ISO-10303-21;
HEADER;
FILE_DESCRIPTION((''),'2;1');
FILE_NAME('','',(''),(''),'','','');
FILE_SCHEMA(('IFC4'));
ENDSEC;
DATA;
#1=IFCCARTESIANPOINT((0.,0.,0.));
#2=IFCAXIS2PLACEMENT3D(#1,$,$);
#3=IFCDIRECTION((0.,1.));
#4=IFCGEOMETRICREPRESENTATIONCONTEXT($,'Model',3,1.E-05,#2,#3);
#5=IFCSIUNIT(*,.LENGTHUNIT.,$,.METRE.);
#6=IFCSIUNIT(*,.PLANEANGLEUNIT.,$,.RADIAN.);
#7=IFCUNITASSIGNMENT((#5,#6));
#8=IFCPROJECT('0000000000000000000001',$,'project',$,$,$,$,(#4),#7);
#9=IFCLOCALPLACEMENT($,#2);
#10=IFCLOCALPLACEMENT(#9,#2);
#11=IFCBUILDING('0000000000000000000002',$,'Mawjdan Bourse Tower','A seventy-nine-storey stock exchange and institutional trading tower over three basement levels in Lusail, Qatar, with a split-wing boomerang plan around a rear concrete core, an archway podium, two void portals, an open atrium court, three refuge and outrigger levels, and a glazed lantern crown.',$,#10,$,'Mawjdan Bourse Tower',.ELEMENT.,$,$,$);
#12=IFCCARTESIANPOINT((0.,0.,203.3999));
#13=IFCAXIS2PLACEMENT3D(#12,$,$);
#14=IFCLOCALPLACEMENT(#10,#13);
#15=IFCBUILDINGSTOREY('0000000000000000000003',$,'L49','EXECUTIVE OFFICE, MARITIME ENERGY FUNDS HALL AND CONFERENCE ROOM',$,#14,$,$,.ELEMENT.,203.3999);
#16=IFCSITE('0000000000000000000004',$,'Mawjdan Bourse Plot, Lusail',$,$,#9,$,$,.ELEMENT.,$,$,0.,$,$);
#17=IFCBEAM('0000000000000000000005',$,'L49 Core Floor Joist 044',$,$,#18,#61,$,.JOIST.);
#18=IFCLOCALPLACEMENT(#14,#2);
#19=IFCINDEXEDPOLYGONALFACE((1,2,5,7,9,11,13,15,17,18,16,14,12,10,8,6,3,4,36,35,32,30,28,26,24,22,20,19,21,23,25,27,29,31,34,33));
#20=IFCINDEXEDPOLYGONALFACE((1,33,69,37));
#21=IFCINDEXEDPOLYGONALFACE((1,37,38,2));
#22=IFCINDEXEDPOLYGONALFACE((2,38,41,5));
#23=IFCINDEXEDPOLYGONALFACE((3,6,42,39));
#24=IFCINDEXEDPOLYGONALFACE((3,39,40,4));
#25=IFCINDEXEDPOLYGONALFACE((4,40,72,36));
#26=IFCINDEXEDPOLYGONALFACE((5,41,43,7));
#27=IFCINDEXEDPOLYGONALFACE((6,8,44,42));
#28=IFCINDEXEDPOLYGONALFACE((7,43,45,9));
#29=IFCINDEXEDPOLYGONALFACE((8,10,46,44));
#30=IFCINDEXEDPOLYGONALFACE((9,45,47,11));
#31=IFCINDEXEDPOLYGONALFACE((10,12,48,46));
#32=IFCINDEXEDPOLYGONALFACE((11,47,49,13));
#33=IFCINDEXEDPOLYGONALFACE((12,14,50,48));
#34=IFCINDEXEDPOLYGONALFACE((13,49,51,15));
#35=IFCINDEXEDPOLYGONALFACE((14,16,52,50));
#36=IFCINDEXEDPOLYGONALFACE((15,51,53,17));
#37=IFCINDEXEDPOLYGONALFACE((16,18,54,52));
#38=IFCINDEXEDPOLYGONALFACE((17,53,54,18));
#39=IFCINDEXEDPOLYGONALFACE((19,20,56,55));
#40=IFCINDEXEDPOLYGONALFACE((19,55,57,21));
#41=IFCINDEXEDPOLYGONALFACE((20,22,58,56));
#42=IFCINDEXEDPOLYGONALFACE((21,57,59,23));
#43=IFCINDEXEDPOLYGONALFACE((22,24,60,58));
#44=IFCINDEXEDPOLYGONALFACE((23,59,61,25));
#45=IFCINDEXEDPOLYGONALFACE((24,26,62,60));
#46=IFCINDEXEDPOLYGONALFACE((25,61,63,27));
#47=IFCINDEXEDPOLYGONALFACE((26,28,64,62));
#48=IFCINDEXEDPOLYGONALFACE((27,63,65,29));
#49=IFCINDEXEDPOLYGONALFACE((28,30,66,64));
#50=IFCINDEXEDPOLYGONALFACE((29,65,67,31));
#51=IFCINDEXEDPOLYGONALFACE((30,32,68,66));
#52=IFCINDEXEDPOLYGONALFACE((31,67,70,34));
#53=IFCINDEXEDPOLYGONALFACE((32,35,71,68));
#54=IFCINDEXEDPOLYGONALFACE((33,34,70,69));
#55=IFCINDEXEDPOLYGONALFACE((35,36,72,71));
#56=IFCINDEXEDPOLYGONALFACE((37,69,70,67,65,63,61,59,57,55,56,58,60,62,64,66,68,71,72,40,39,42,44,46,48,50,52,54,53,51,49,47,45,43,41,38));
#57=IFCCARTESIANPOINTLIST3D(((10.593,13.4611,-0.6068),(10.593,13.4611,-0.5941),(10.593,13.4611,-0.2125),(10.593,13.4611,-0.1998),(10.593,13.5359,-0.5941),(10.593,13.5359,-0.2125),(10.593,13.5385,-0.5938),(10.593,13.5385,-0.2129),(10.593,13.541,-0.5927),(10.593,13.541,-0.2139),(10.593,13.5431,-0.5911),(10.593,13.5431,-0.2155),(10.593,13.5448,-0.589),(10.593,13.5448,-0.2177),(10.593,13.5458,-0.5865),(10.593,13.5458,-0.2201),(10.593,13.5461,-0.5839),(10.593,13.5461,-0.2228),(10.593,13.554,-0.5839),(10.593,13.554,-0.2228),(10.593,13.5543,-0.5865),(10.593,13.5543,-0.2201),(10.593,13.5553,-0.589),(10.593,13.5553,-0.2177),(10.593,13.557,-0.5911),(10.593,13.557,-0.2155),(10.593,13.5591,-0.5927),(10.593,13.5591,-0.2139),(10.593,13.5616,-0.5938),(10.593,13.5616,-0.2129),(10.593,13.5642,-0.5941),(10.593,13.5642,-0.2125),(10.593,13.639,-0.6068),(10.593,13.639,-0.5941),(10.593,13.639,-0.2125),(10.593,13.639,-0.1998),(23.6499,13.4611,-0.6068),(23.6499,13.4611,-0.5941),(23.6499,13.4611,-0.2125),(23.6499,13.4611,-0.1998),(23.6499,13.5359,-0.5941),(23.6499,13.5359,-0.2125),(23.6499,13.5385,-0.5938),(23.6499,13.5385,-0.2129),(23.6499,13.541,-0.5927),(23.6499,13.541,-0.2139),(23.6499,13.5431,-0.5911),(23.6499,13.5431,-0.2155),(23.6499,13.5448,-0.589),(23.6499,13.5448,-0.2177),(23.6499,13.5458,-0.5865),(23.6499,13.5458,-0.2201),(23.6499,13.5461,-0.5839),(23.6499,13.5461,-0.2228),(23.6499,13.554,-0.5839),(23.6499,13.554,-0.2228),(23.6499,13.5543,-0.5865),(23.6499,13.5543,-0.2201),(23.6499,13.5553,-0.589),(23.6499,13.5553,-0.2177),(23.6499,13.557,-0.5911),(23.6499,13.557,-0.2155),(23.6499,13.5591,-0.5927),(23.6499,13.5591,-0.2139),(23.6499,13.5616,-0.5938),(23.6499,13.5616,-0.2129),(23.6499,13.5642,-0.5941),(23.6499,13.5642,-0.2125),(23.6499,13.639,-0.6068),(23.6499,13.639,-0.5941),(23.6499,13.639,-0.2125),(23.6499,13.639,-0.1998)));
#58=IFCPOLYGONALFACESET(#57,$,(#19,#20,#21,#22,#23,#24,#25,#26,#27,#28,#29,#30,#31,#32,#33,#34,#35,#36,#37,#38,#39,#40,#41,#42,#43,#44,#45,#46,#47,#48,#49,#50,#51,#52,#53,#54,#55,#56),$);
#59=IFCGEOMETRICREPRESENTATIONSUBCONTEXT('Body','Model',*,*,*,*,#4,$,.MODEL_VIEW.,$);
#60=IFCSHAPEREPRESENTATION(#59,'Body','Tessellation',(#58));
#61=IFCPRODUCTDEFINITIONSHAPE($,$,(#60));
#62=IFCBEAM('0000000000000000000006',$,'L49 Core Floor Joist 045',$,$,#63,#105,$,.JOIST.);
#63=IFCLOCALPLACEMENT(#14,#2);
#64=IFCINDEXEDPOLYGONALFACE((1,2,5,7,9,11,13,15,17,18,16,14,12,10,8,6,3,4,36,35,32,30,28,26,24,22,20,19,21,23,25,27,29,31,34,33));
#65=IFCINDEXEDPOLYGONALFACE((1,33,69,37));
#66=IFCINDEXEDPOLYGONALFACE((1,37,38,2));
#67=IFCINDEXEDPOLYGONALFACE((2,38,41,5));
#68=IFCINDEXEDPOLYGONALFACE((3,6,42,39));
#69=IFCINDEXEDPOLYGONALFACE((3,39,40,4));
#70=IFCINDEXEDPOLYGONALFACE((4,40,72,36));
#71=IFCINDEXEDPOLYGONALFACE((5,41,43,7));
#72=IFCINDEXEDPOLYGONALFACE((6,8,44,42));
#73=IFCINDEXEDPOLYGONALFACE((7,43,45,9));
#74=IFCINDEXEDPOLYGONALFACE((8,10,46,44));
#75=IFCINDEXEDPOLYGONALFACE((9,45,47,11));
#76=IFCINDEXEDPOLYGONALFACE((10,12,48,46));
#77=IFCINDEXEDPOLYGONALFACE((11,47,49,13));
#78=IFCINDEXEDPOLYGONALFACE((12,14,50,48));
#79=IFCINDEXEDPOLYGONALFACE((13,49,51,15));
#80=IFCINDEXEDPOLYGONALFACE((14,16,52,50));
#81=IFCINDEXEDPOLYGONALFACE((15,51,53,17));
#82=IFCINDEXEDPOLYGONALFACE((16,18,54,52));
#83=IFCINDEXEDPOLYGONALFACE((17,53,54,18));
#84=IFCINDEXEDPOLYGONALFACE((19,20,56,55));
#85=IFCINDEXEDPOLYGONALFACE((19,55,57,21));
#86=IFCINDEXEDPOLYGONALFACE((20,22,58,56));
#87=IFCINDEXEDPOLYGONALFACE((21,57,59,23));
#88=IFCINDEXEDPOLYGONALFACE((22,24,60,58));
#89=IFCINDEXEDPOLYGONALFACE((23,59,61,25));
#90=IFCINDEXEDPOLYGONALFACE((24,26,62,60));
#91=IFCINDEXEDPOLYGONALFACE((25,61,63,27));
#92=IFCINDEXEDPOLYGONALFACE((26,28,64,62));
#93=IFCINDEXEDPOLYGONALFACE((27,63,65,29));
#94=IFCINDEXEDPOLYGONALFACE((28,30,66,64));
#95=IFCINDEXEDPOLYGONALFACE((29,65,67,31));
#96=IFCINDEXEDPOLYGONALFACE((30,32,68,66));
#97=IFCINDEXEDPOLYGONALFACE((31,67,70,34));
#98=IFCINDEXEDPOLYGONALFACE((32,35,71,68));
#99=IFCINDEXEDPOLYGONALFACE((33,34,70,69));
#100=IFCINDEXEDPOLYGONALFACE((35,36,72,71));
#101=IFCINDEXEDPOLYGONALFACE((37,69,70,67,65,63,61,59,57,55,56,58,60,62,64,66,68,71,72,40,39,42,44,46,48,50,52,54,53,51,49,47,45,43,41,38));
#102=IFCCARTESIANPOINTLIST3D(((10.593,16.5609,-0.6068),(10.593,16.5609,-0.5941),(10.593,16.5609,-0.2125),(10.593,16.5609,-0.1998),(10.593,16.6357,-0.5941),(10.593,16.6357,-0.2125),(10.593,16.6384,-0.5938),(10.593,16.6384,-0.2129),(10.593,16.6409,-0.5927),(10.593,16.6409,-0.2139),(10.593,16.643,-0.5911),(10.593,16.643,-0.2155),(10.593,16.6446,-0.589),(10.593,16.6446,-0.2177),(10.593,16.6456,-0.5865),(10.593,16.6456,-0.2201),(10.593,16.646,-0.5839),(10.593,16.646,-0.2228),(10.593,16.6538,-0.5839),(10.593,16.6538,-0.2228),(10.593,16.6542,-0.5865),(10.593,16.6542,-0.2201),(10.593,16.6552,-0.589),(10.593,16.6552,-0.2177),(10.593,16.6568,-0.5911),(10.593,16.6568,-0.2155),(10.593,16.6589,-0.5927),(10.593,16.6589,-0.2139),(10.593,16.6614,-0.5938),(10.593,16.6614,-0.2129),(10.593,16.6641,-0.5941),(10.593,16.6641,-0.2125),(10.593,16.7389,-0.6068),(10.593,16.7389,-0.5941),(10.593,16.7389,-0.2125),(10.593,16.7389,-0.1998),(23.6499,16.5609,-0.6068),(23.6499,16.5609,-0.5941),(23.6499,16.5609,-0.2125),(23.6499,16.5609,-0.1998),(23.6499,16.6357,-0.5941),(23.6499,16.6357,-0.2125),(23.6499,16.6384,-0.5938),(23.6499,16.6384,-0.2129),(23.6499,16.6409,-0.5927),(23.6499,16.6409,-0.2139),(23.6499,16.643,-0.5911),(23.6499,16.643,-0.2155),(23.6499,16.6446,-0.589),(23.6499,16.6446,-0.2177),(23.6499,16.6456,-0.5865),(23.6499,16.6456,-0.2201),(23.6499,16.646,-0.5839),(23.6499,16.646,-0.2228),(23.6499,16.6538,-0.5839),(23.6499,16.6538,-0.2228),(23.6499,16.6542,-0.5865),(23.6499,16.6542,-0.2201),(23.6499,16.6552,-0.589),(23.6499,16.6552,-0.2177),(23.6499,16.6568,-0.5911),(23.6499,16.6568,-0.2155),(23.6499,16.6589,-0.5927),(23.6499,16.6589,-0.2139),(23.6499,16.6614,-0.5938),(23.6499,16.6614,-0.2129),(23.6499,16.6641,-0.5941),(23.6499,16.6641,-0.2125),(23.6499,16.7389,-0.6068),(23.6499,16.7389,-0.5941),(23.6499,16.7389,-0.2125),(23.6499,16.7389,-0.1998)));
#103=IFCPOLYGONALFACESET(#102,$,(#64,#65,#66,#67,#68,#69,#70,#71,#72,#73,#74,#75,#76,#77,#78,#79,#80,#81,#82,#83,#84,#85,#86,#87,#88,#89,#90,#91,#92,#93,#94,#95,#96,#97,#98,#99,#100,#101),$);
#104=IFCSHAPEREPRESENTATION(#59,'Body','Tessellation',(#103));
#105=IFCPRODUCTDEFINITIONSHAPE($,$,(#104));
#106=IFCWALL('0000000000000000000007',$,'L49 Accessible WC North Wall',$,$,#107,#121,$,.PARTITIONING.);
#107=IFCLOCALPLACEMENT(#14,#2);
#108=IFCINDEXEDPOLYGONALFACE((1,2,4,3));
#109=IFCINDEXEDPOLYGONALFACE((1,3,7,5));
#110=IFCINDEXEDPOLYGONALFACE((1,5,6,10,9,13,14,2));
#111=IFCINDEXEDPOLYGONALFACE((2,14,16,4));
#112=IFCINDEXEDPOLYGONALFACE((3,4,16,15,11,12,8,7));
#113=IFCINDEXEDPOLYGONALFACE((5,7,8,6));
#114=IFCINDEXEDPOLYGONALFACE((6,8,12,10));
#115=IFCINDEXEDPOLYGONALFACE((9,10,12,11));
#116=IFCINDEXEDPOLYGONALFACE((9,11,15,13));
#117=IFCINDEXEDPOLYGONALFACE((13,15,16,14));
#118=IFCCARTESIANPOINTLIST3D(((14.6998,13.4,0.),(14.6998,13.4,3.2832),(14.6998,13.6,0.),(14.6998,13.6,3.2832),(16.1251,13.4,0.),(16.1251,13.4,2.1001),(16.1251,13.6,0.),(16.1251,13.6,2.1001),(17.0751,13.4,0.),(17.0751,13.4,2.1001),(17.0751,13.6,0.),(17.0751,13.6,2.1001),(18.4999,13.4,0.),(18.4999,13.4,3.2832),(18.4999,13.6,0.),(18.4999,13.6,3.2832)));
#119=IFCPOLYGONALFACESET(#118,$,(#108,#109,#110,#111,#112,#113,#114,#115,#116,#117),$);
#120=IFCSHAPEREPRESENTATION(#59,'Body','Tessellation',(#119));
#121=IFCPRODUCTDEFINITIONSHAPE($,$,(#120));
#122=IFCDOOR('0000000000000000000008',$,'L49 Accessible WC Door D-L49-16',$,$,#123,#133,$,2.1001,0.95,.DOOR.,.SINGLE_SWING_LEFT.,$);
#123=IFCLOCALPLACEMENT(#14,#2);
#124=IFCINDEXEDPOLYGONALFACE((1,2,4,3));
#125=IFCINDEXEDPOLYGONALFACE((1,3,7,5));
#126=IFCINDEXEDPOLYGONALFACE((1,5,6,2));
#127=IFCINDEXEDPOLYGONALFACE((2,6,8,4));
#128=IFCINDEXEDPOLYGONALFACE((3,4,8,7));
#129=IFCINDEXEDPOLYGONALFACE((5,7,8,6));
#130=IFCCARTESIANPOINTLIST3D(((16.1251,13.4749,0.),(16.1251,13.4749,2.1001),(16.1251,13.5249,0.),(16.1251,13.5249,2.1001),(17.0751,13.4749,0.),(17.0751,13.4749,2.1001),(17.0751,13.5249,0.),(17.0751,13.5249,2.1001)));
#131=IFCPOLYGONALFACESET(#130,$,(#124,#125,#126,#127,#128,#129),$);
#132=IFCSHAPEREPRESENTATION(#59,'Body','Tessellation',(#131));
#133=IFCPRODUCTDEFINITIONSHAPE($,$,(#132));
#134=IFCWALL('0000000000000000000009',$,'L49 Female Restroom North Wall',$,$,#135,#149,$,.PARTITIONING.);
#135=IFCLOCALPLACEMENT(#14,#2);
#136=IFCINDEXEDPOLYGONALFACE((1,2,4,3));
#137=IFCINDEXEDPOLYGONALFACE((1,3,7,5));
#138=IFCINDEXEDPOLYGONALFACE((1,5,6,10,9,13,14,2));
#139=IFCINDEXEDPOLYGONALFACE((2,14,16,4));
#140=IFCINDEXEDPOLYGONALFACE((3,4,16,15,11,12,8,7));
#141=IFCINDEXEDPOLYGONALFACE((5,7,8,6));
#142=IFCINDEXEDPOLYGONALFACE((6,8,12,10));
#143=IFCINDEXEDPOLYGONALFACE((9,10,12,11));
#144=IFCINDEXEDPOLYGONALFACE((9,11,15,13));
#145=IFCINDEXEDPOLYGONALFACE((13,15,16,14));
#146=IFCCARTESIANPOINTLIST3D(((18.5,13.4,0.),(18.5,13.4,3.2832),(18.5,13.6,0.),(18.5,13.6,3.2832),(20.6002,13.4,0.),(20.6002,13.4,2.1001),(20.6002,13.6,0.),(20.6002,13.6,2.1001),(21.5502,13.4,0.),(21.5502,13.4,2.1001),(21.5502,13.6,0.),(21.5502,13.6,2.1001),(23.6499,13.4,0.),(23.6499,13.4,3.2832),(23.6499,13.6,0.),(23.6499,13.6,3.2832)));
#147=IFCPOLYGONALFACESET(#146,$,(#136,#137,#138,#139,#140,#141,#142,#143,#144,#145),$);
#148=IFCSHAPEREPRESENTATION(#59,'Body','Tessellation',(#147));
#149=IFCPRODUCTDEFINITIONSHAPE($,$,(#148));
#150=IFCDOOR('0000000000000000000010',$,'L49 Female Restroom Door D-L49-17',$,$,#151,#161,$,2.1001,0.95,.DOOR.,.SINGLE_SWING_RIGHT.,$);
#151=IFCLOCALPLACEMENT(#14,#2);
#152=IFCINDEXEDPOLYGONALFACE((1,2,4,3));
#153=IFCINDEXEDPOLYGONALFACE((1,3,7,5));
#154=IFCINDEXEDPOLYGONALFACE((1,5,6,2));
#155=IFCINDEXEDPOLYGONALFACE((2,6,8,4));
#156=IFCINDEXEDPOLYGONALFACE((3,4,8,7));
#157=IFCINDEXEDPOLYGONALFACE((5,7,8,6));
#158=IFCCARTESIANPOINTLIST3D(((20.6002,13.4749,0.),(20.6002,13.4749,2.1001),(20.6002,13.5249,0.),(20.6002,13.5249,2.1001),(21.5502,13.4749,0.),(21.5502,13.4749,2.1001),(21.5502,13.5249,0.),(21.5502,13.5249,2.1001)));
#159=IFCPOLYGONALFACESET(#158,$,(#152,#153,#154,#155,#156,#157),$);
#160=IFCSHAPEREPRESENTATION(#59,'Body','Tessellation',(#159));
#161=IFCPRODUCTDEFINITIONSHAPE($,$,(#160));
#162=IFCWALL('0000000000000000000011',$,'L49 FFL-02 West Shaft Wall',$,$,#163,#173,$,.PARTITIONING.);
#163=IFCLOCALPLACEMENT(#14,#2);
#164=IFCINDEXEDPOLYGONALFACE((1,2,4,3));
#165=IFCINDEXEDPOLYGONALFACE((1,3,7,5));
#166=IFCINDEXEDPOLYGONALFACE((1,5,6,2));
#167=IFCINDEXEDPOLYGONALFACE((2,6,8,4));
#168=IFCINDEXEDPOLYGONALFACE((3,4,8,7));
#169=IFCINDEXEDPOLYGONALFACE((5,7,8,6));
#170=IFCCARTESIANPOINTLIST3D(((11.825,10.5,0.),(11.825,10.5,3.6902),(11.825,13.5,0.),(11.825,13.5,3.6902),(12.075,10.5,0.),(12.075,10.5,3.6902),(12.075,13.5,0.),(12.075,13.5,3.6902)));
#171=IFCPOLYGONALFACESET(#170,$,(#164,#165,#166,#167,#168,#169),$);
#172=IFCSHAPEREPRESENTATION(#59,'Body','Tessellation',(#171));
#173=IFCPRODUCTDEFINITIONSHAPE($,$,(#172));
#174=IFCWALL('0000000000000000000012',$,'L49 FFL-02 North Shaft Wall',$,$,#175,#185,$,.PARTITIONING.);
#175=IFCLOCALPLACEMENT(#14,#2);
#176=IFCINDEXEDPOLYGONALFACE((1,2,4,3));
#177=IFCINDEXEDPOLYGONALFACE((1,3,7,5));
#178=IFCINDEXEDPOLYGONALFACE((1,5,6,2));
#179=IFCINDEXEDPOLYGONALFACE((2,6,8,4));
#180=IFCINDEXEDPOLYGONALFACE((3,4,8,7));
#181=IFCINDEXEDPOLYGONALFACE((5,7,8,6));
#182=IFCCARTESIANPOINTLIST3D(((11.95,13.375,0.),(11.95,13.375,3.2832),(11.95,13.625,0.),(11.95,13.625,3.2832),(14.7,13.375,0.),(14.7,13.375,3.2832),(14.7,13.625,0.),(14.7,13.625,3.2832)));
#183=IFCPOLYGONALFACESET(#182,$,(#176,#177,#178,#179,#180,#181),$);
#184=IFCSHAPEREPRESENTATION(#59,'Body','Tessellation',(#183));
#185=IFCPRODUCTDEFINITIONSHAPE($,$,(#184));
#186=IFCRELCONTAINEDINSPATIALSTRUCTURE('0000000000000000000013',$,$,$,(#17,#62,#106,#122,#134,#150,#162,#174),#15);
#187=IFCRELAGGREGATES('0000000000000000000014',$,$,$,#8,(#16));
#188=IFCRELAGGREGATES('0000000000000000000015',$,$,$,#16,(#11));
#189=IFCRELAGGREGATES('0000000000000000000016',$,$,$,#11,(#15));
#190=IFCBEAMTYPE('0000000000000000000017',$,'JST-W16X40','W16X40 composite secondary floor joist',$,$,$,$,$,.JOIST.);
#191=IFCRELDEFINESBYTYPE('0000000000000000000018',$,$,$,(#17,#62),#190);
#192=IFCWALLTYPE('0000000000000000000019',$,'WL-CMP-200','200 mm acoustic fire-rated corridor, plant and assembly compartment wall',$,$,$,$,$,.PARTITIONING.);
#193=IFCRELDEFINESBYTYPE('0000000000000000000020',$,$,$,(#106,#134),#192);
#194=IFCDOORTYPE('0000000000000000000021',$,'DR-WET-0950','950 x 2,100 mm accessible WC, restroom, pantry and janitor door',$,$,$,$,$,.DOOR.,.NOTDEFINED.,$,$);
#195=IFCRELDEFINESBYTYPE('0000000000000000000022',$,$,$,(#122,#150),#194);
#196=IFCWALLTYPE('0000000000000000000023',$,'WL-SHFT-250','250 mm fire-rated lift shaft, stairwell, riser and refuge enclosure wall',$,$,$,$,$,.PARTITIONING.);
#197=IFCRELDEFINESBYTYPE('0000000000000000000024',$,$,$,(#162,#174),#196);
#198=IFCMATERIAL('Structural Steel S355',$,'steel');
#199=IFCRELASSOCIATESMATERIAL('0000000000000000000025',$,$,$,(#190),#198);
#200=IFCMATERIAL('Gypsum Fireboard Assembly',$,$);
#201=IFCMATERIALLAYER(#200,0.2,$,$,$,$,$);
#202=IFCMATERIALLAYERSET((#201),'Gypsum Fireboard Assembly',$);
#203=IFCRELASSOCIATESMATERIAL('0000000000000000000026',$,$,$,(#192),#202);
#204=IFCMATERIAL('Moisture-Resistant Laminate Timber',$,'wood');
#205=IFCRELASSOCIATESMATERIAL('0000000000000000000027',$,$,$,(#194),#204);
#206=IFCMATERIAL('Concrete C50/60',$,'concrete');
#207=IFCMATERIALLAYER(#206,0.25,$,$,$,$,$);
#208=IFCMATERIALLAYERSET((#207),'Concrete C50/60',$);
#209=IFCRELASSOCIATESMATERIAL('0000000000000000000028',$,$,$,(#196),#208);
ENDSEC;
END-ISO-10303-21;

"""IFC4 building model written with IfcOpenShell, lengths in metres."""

from ifc_helpers import new_model, si_unit, direction, frame, frame_2d, origin, origin_2d, place, context, subcontext, project, spatial, rectangle, i_section, extrude, material, layer, layer_set, material_profile, profile_set, type_object, element, fill, save


model = new_model("IFC4")

# Units and contexts
model_context = context("Model", 3, precision=1e-05, world=origin(), true_north=direction((0.0, 1.0)))
body_context = subcontext(model_context, "Body", "Model", "MODEL_VIEW")
ifc_project = project(units=[si_unit("LENGTHUNIT", "METRE"), si_unit("PLANEANGLEUNIT", "RADIAN")], contexts=[model_context])

# Site, building, storey
site_placement = place(None, origin())
site = spatial("IfcSite", under=ifc_project, at=site_placement, Name="Mawjdan Bourse Plot, Lusail", CompositionType="ELEMENT", RefElevation=0.0)
building_placement = place(site_placement, origin())
building = spatial("IfcBuilding", under=site, at=building_placement, Name="Mawjdan Bourse Tower", Description="A seventy-nine-storey stock exchange and institutional trading tower over three basement levels in Lusail, Qatar, with a split-wing boomerang plan around a rear concrete core, an archway podium, two void portals, an open atrium court, three refuge and outrigger levels, and a glazed lantern crown.", LongName="Mawjdan Bourse Tower", CompositionType="ELEMENT")
storey_placement = place(building_placement, frame((0.0, 0.0, 203.3999)))
storey = spatial("IfcBuildingStorey", under=building, at=storey_placement, Name="L49", Description="EXECUTIVE OFFICE, MARITIME ENERGY FUNDS HALL AND CONFERENCE ROOM", CompositionType="ELEMENT", Elevation=203.3999)

# Beams
ifc_material_1 = material(Name="Structural Steel S355", Category="steel")
ifc_material_profile = material_profile(ifc_material_1, i_section(OverallWidth=0.178, OverallDepth=0.407, WebThickness=0.0078, FlangeThickness=0.0127, FilletRadius=0.0103, at=origin_2d()), Name="W16X40")
ifc_profile_set = profile_set([ifc_material_profile], Name="Structural Steel S355")
beam_type = type_object("IfcBeamType", Name="JST-W16X40", Description="W16X40 composite secondary floor joist", PredefinedType="JOIST", material=ifc_profile_set)
for number, where, z_axis, x_axis, name in (
    (1, (10.593, 13.55, -0.4033), (1.0, 0.0, 0.0), (0.0, 1.0, 0.0), "L49 Core Floor Joist 044"),
    (2, (10.593, 16.6499, -0.4033), (1.0, 0.0, 0.0), (0.0, 1.0, 0.0), "L49 Core Floor Joist 045"),
):
    element("IfcBeam", number, at=place(storey_placement, frame(where, z_axis=z_axis, x_axis=x_axis)), inside=storey, type_object=beam_type, Name=name, PredefinedType="JOIST", context=body_context, shape_type="SweptSolid", body=[
        extrude(i_section(OverallWidth=0.178, OverallDepth=0.407, WebThickness=0.0078, FlangeThickness=0.0127, FilletRadius=0.0103, at=origin_2d()), origin(), (0.0, 0.0, 1.0), 13.0569),
    ])

# Walls, openings, doors
ifc_material_2 = material(Name="Gypsum Fireboard Assembly")
ifc_layer_1 = layer(ifc_material_2, 0.2)
ifc_layer_set_1 = layer_set([ifc_layer_1], Name="Gypsum Fireboard Assembly")
wall_type_1 = type_object("IfcWallType", Name="WL-CMP-200", Description="200 mm acoustic fire-rated corridor, plant and assembly compartment wall", PredefinedType="PARTITIONING", material=ifc_layer_set_1)
wall_1_placement = place(storey_placement, frame((14.7, 13.5, 0.0), z_axis=(0.0, 0.0, 1.0), x_axis=(1.0, 0.0, 0.0)))
wall_1 = element("IfcWall", 3, at=wall_1_placement, inside=storey, type_object=wall_type_1, Name="L49 Accessible WC North Wall", PredefinedType="PARTITIONING", context=body_context, shape_type="SweptSolid", body=[
    extrude(rectangle(XDim=3.8, YDim=0.2, at=frame_2d((1.8999, 0.0))), origin(), (0.0, 0.0, 1.0), 3.2832),
])
opening_1_placement = place(wall_1_placement, frame((1.425, 0.0, 0.0)))
opening_1 = element("IfcOpeningElement", 4, at=opening_1_placement, cuts=wall_1, PredefinedType="OPENING", context=body_context, shape_type="SweptSolid", body=[
    extrude(rectangle(XDim=0.95, YDim=2.1001, at=frame_2d((0.4751, 1.05))), frame((0.0, 0.1099, 0.0), z_axis=(0.0, -1.0, 0.0), x_axis=(1.0, 0.0, 0.0)), (0.0, 0.0, 1.0), 0.22),
])
ifc_material_3 = material(Name="Moisture-Resistant Laminate Timber", Category="wood")
door_type_1 = type_object("IfcDoorType", Name="DR-WET-0950", Description="950 x 2,100 mm accessible WC, restroom, pantry and janitor door", OperationType="NOTDEFINED", PredefinedType="DOOR", material=ifc_material_3)
door_1_placement = place(opening_1_placement, origin())
door_1 = element("IfcDoor", 5, at=door_1_placement, inside=storey, type_object=door_type_1, Name="L49 Accessible WC Door D-L49-16", OperationType="SINGLE_SWING_LEFT", OverallHeight=2.1001, OverallWidth=0.95, PredefinedType="DOOR", context=body_context, shape_type="SweptSolid", body=[
    extrude(rectangle(XDim=0.95, YDim=2.1001, at=frame_2d((0.4751, 1.05))), frame((0.0, 0.0249, 0.0), z_axis=(0.0, -1.0, 0.0), x_axis=(1.0, 0.0, 0.0)), (0.0, 0.0, 1.0), 0.05),
])
fill(opening_1, door_1)
wall_2_placement = place(storey_placement, frame((18.5, 13.5, 0.0), z_axis=(0.0, 0.0, 1.0), x_axis=(1.0, 0.0, 0.0)))
wall_2 = element("IfcWall", 6, at=wall_2_placement, inside=storey, type_object=wall_type_1, Name="L49 Female Restroom North Wall", PredefinedType="PARTITIONING", context=body_context, shape_type="SweptSolid", body=[
    extrude(rectangle(XDim=5.1499, YDim=0.2, at=frame_2d((2.575, 0.0))), origin(), (0.0, 0.0, 1.0), 3.2832),
])
opening_2_placement = place(wall_2_placement, frame((2.1001, 0.0, 0.0)))
opening_2 = element("IfcOpeningElement", 7, at=opening_2_placement, cuts=wall_2, PredefinedType="OPENING", context=body_context, shape_type="SweptSolid", body=[
    extrude(rectangle(XDim=0.95, YDim=2.1001, at=frame_2d((0.4751, 1.05))), frame((0.0, 0.1099, 0.0), z_axis=(0.0, -1.0, 0.0), x_axis=(1.0, 0.0, 0.0)), (0.0, 0.0, 1.0), 0.22),
])
door_2_placement = place(opening_2_placement, origin())
door_2 = element("IfcDoor", 8, at=door_2_placement, inside=storey, type_object=door_type_1, Name="L49 Female Restroom Door D-L49-17", OperationType="SINGLE_SWING_RIGHT", OverallHeight=2.1001, OverallWidth=0.95, PredefinedType="DOOR", context=body_context, shape_type="SweptSolid", body=[
    extrude(rectangle(XDim=0.95, YDim=2.1001, at=frame_2d((0.4751, 1.05))), frame((0.0, 0.0249, 0.0), z_axis=(0.0, -1.0, 0.0), x_axis=(1.0, 0.0, 0.0)), (0.0, 0.0, 1.0), 0.05),
])
fill(opening_2, door_2)

# Walls
ifc_material_4 = material(Name="Concrete C50/60", Category="concrete")
ifc_layer_2 = layer(ifc_material_4, 0.25)
ifc_layer_set_2 = layer_set([ifc_layer_2], Name="Concrete C50/60")
wall_type_2 = type_object("IfcWallType", Name="WL-SHFT-250", Description="250 mm fire-rated lift shaft, stairwell, riser and refuge enclosure wall", PredefinedType="PARTITIONING", material=ifc_layer_set_2)
wall_3_placement = place(storey_placement, frame((11.95, 10.5, 0.0), z_axis=(0.0, 0.0, 1.0), x_axis=(0.0, 1.0, 0.0)))
element("IfcWall", 9, at=wall_3_placement, inside=storey, type_object=wall_type_2, Name="L49 FFL-02 West Shaft Wall", PredefinedType="PARTITIONING", context=body_context, shape_type="SweptSolid", body=[
    extrude(rectangle(XDim=3.0, YDim=0.25, at=frame_2d((1.5, 0.0))), origin(), (0.0, 0.0, 1.0), 3.6902),
])
wall_4_placement = place(storey_placement, frame((11.95, 13.5, 0.0), z_axis=(0.0, 0.0, 1.0), x_axis=(1.0, 0.0, 0.0)))
element("IfcWall", 10, at=wall_4_placement, inside=storey, type_object=wall_type_2, Name="L49 FFL-02 North Shaft Wall", PredefinedType="PARTITIONING", context=body_context, shape_type="SweptSolid", body=[
    extrude(rectangle(XDim=2.75, YDim=0.25, at=frame_2d((1.375, 0.0))), origin(), (0.0, 0.0, 1.0), 3.2832),
])

save(model, "model.ifc")
